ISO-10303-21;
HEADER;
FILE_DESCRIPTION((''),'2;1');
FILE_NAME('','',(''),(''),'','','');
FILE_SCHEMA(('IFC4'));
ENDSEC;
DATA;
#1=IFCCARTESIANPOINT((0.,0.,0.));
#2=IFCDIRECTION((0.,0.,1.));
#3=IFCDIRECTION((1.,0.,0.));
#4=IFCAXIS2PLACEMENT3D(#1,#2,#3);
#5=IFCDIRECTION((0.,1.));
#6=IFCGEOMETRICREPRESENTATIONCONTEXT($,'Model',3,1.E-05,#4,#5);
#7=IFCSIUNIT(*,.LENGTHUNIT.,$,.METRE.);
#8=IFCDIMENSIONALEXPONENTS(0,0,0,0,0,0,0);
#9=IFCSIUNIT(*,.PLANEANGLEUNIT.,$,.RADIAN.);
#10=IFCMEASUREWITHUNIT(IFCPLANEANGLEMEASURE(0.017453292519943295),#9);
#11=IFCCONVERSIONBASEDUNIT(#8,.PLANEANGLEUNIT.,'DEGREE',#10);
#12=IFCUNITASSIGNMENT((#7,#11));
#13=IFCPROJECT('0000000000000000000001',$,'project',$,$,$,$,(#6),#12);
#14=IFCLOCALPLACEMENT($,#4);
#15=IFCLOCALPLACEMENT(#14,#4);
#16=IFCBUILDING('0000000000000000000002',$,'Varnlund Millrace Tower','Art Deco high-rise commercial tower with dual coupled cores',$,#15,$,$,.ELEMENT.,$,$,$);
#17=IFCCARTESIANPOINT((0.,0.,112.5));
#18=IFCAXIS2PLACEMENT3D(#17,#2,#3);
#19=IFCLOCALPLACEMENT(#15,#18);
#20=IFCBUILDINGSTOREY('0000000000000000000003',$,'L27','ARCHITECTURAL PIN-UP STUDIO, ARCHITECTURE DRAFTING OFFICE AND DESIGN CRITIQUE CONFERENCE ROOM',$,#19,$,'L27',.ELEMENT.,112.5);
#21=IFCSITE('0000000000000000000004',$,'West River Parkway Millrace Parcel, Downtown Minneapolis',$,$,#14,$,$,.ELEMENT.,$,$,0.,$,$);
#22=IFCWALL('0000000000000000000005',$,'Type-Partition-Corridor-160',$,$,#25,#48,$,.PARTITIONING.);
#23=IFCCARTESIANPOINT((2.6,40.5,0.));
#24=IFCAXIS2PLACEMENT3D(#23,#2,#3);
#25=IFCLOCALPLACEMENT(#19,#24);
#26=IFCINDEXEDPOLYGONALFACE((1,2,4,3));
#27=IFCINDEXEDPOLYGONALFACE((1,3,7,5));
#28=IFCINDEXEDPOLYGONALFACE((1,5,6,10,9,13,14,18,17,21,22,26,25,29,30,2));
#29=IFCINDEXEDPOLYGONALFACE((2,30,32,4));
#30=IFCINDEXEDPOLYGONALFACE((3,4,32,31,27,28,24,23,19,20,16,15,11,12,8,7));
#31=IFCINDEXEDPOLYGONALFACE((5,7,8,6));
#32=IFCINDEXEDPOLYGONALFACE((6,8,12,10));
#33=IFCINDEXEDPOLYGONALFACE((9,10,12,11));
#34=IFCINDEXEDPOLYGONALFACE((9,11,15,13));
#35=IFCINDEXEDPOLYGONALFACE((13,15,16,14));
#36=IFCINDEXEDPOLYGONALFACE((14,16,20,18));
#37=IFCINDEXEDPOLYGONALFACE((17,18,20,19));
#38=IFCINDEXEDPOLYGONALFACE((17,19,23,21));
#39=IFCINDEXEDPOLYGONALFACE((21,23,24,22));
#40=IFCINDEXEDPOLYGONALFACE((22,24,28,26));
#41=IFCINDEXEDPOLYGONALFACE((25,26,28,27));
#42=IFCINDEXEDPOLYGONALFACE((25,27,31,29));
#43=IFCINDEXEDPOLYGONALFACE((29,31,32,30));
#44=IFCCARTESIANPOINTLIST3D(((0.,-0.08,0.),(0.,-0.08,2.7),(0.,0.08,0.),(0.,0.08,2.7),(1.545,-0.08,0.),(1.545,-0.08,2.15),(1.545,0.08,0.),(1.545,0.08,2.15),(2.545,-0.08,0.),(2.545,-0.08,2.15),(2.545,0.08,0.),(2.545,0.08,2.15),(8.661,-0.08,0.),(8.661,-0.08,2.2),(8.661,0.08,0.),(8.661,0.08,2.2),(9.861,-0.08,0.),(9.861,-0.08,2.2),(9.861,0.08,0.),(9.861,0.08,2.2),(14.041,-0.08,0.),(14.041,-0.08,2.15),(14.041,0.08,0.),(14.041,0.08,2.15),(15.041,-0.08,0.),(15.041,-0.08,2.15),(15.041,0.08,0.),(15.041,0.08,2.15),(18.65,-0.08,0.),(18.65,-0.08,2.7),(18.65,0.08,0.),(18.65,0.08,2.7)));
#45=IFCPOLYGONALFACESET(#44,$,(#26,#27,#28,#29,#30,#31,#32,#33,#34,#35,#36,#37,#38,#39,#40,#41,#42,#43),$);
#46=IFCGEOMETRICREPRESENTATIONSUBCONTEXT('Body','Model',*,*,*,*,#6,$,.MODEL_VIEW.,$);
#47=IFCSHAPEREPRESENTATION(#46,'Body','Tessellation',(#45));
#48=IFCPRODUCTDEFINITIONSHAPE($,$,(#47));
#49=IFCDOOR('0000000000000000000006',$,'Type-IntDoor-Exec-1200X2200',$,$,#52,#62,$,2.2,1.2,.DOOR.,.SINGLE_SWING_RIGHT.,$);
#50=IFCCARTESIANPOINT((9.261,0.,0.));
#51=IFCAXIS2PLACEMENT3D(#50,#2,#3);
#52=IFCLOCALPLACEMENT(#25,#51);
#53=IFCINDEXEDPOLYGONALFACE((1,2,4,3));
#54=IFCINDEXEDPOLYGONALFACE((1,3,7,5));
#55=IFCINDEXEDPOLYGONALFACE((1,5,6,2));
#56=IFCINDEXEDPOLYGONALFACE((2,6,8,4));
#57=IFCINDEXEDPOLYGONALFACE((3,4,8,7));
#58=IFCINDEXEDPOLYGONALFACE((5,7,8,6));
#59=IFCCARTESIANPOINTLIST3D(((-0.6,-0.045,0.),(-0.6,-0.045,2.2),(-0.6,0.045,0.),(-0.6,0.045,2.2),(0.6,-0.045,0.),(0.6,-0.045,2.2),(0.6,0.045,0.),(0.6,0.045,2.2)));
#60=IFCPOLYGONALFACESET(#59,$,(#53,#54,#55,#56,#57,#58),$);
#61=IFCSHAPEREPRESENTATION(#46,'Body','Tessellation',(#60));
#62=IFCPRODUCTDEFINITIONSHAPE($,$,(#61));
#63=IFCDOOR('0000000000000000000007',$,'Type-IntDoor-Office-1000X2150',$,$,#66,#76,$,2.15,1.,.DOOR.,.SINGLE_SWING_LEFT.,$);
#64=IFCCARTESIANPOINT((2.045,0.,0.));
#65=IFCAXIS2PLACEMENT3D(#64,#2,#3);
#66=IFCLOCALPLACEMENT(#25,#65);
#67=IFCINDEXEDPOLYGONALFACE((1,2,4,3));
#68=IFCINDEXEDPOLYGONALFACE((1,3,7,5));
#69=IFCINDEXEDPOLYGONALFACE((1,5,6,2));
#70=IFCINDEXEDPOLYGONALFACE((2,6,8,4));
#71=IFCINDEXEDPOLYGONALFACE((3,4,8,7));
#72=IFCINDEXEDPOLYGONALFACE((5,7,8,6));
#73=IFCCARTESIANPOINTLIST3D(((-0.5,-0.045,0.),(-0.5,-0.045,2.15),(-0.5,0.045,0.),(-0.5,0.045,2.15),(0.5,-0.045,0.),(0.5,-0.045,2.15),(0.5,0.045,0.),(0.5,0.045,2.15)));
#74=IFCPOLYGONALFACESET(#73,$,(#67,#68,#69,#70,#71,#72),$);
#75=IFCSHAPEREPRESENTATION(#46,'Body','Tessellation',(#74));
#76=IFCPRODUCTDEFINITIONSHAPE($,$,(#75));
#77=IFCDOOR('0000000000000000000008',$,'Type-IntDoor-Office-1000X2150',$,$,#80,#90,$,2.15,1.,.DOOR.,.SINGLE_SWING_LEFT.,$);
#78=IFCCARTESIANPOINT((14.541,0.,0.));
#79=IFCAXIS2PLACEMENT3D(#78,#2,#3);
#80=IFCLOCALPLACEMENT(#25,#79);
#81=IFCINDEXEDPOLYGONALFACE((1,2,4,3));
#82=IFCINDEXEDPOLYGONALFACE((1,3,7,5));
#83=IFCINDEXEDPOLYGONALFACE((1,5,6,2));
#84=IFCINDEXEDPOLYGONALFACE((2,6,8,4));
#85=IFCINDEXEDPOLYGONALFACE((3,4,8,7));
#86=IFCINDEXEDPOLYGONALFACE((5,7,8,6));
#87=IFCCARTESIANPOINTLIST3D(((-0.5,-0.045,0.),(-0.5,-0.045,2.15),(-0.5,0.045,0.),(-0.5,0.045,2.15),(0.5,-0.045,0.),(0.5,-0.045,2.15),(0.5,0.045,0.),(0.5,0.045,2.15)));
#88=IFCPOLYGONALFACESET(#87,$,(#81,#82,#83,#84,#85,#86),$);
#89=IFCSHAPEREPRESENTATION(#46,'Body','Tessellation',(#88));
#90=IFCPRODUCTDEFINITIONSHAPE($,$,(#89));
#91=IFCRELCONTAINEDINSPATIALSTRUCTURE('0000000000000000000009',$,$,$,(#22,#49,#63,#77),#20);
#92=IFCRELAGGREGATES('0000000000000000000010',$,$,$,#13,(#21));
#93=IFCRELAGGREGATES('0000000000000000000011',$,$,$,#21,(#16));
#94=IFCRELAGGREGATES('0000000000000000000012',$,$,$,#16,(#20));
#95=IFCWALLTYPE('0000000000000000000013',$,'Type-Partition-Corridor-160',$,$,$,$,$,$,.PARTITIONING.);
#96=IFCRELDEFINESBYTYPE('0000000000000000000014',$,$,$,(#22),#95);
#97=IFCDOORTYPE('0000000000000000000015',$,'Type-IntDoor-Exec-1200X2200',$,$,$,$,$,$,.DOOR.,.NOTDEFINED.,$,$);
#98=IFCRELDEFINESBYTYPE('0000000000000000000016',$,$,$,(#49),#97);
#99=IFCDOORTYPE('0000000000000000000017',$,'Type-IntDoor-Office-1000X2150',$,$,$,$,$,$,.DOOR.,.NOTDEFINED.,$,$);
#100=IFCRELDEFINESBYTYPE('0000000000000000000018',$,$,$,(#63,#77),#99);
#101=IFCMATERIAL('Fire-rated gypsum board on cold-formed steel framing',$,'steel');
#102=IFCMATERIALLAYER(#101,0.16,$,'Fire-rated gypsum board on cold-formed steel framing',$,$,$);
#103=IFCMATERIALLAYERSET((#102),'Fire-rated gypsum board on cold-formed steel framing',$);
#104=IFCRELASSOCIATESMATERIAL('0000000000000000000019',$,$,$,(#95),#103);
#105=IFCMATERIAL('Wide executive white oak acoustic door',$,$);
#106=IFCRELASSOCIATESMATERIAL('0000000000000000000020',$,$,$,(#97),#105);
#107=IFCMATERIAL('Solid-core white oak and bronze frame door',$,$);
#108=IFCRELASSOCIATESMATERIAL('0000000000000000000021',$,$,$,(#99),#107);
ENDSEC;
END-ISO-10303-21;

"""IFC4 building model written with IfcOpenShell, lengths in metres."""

from ifc_helpers import new_model, entity, si_unit, converted_unit, direction, frame, origin_with_axes, origin_2d_with_axis, place, context, subcontext, project, spatial, polyline, rectangle, outline, extrude, material, layer, layer_set, type_object, element, fill, save


model = new_model("IFC4")

# Units and contexts
model_context = context("Model", 3, precision=1e-05, world=origin_with_axes(), true_north=direction((0.0, 1.0)))
body_context = subcontext(model_context, "Body", "Model", "MODEL_VIEW")
ifc_project = project(units=[si_unit("LENGTHUNIT", "METRE"), converted_unit("PLANEANGLEUNIT", "DEGREE", entity("IfcPlaneAngleMeasure", 0.017453292519943295), si_unit("PLANEANGLEUNIT", "RADIAN"), dimensions=[0, 0, 0, 0, 0, 0, 0])], contexts=[model_context])

# Site, building, storey
site_placement = place(None, origin_with_axes())
site = spatial("IfcSite", under=ifc_project, at=site_placement, Name="West River Parkway Millrace Parcel, Downtown Minneapolis", CompositionType="ELEMENT", RefElevation=0.0)
building_placement = place(site_placement, origin_with_axes())
building = spatial("IfcBuilding", under=site, at=building_placement, Name="Varnlund Millrace Tower", Description="Art Deco high-rise commercial tower with dual coupled cores", CompositionType="ELEMENT")
storey_placement = place(building_placement, frame((0.0, 0.0, 112.5), z_axis=(0.0, 0.0, 1.0), x_axis=(1.0, 0.0, 0.0)))
storey = spatial("IfcBuildingStorey", under=building, at=storey_placement, Name="L27", Description="ARCHITECTURAL PIN-UP STUDIO, ARCHITECTURE DRAFTING OFFICE AND DESIGN CRITIQUE CONFERENCE ROOM", LongName="L27", CompositionType="ELEMENT", Elevation=112.5)

# Wall, openings, doors
ifc_material_1 = material(Name="Fire-rated gypsum board on cold-formed steel framing", Category="steel")
ifc_layer_1 = layer(ifc_material_1, 0.16, Name="Fire-rated gypsum board on cold-formed steel framing")
ifc_layer_set_1 = layer_set([ifc_layer_1], Name="Fire-rated gypsum board on cold-formed steel framing")
wall_type_1 = type_object("IfcWallType", Name="Type-Partition-Corridor-160", PredefinedType="PARTITIONING", material=ifc_layer_set_1)
wall_1_placement = place(storey_placement, frame((2.6, 40.5, 0.0), z_axis=(0.0, 0.0, 1.0), x_axis=(1.0, 0.0, 0.0)))
wall_1 = element("IfcWall", 1, at=wall_1_placement, inside=storey, type_object=wall_type_1, Name="Type-Partition-Corridor-160", PredefinedType="PARTITIONING", context=body_context, shape_type="SweptSolid", body=[
    extrude(outline(polyline([(0.0, -0.08), (18.65, -0.08), (18.65, 0.08), (0.0, 0.08), (0.0, -0.08)])), origin_with_axes(), (0.0, 0.0, 1.0), 2.7),
])
opening_1_placement = place(wall_1_placement, frame((2.045, 0.0, 0.0), z_axis=(0.0, 0.0, 1.0), x_axis=(1.0, 0.0, 0.0)))
opening_1 = element("IfcOpeningElement", 2, at=opening_1_placement, cuts=wall_1, PredefinedType="OPENING", context=body_context, shape_type="SweptSolid", body=[
    extrude(rectangle(XDim=1.0, YDim=0.18, at=origin_2d_with_axis()), origin_with_axes(), (0.0, 0.0, 1.0), 2.15),
])
opening_2_placement = place(wall_1_placement, frame((9.261, 0.0, 0.0), z_axis=(0.0, 0.0, 1.0), x_axis=(1.0, 0.0, 0.0)))
opening_2 = element("IfcOpeningElement", 3, at=opening_2_placement, cuts=wall_1, PredefinedType="OPENING", context=body_context, shape_type="SweptSolid", body=[
    extrude(rectangle(XDim=1.2, YDim=0.18, at=origin_2d_with_axis()), origin_with_axes(), (0.0, 0.0, 1.0), 2.2),
])
opening_3_placement = place(wall_1_placement, frame((14.541, 0.0, 0.0), z_axis=(0.0, 0.0, 1.0), x_axis=(1.0, 0.0, 0.0)))
opening_3 = element("IfcOpeningElement", 4, at=opening_3_placement, cuts=wall_1, PredefinedType="OPENING", context=body_context, shape_type="SweptSolid", body=[
    extrude(rectangle(XDim=1.0, YDim=0.18, at=origin_2d_with_axis()), origin_with_axes(), (0.0, 0.0, 1.0), 2.15),
])
ifc_material_2 = material(Name="Wide executive white oak acoustic door")
door_type_1 = type_object("IfcDoorType", Name="Type-IntDoor-Exec-1200X2200", OperationType="NOTDEFINED", PredefinedType="DOOR", material=ifc_material_2)
door_1_placement = place(wall_1_placement, frame((9.261, 0.0, 0.0), z_axis=(0.0, 0.0, 1.0), x_axis=(1.0, 0.0, 0.0)))
door_1 = element("IfcDoor", 5, at=door_1_placement, inside=storey, type_object=door_type_1, Name="Type-IntDoor-Exec-1200X2200", OperationType="SINGLE_SWING_RIGHT", OverallHeight=2.2, OverallWidth=1.2, PredefinedType="DOOR", context=body_context, shape_type="SweptSolid", body=[
    extrude(rectangle(XDim=1.2, YDim=0.09, at=origin_2d_with_axis()), origin_with_axes(), (0.0, 0.0, 1.0), 2.2),
])
fill(opening_2, door_1)
ifc_material_3 = material(Name="Solid-core white oak and bronze frame door")
door_type_2 = type_object("IfcDoorType", Name="Type-IntDoor-Office-1000X2150", OperationType="NOTDEFINED", PredefinedType="DOOR", material=ifc_material_3)
door_2_placement = place(wall_1_placement, frame((2.045, 0.0, 0.0), z_axis=(0.0, 0.0, 1.0), x_axis=(1.0, 0.0, 0.0)))
door_2 = element("IfcDoor", 6, at=door_2_placement, inside=storey, type_object=door_type_2, Name="Type-IntDoor-Office-1000X2150", OperationType="SINGLE_SWING_LEFT", OverallHeight=2.15, OverallWidth=1.0, PredefinedType="DOOR", context=body_context, shape_type="SweptSolid", body=[
    extrude(rectangle(XDim=1.0, YDim=0.09, at=origin_2d_with_axis()), origin_with_axes(), (0.0, 0.0, 1.0), 2.15),
])
fill(opening_1, door_2)
door_3_placement = place(wall_1_placement, frame((14.541, 0.0, 0.0), z_axis=(0.0, 0.0, 1.0), x_axis=(1.0, 0.0, 0.0)))
door_3 = element("IfcDoor", 7, at=door_3_placement, inside=storey, type_object=door_type_2, Name="Type-IntDoor-Office-1000X2150", OperationType="SINGLE_SWING_LEFT", OverallHeight=2.15, OverallWidth=1.0, PredefinedType="DOOR", context=body_context, shape_type="SweptSolid", body=[
    extrude(rectangle(XDim=1.0, YDim=0.09, at=origin_2d_with_axis()), origin_with_axes(), (0.0, 0.0, 1.0), 2.15),
])
fill(opening_3, door_3)

save(model, "model.ifc")
